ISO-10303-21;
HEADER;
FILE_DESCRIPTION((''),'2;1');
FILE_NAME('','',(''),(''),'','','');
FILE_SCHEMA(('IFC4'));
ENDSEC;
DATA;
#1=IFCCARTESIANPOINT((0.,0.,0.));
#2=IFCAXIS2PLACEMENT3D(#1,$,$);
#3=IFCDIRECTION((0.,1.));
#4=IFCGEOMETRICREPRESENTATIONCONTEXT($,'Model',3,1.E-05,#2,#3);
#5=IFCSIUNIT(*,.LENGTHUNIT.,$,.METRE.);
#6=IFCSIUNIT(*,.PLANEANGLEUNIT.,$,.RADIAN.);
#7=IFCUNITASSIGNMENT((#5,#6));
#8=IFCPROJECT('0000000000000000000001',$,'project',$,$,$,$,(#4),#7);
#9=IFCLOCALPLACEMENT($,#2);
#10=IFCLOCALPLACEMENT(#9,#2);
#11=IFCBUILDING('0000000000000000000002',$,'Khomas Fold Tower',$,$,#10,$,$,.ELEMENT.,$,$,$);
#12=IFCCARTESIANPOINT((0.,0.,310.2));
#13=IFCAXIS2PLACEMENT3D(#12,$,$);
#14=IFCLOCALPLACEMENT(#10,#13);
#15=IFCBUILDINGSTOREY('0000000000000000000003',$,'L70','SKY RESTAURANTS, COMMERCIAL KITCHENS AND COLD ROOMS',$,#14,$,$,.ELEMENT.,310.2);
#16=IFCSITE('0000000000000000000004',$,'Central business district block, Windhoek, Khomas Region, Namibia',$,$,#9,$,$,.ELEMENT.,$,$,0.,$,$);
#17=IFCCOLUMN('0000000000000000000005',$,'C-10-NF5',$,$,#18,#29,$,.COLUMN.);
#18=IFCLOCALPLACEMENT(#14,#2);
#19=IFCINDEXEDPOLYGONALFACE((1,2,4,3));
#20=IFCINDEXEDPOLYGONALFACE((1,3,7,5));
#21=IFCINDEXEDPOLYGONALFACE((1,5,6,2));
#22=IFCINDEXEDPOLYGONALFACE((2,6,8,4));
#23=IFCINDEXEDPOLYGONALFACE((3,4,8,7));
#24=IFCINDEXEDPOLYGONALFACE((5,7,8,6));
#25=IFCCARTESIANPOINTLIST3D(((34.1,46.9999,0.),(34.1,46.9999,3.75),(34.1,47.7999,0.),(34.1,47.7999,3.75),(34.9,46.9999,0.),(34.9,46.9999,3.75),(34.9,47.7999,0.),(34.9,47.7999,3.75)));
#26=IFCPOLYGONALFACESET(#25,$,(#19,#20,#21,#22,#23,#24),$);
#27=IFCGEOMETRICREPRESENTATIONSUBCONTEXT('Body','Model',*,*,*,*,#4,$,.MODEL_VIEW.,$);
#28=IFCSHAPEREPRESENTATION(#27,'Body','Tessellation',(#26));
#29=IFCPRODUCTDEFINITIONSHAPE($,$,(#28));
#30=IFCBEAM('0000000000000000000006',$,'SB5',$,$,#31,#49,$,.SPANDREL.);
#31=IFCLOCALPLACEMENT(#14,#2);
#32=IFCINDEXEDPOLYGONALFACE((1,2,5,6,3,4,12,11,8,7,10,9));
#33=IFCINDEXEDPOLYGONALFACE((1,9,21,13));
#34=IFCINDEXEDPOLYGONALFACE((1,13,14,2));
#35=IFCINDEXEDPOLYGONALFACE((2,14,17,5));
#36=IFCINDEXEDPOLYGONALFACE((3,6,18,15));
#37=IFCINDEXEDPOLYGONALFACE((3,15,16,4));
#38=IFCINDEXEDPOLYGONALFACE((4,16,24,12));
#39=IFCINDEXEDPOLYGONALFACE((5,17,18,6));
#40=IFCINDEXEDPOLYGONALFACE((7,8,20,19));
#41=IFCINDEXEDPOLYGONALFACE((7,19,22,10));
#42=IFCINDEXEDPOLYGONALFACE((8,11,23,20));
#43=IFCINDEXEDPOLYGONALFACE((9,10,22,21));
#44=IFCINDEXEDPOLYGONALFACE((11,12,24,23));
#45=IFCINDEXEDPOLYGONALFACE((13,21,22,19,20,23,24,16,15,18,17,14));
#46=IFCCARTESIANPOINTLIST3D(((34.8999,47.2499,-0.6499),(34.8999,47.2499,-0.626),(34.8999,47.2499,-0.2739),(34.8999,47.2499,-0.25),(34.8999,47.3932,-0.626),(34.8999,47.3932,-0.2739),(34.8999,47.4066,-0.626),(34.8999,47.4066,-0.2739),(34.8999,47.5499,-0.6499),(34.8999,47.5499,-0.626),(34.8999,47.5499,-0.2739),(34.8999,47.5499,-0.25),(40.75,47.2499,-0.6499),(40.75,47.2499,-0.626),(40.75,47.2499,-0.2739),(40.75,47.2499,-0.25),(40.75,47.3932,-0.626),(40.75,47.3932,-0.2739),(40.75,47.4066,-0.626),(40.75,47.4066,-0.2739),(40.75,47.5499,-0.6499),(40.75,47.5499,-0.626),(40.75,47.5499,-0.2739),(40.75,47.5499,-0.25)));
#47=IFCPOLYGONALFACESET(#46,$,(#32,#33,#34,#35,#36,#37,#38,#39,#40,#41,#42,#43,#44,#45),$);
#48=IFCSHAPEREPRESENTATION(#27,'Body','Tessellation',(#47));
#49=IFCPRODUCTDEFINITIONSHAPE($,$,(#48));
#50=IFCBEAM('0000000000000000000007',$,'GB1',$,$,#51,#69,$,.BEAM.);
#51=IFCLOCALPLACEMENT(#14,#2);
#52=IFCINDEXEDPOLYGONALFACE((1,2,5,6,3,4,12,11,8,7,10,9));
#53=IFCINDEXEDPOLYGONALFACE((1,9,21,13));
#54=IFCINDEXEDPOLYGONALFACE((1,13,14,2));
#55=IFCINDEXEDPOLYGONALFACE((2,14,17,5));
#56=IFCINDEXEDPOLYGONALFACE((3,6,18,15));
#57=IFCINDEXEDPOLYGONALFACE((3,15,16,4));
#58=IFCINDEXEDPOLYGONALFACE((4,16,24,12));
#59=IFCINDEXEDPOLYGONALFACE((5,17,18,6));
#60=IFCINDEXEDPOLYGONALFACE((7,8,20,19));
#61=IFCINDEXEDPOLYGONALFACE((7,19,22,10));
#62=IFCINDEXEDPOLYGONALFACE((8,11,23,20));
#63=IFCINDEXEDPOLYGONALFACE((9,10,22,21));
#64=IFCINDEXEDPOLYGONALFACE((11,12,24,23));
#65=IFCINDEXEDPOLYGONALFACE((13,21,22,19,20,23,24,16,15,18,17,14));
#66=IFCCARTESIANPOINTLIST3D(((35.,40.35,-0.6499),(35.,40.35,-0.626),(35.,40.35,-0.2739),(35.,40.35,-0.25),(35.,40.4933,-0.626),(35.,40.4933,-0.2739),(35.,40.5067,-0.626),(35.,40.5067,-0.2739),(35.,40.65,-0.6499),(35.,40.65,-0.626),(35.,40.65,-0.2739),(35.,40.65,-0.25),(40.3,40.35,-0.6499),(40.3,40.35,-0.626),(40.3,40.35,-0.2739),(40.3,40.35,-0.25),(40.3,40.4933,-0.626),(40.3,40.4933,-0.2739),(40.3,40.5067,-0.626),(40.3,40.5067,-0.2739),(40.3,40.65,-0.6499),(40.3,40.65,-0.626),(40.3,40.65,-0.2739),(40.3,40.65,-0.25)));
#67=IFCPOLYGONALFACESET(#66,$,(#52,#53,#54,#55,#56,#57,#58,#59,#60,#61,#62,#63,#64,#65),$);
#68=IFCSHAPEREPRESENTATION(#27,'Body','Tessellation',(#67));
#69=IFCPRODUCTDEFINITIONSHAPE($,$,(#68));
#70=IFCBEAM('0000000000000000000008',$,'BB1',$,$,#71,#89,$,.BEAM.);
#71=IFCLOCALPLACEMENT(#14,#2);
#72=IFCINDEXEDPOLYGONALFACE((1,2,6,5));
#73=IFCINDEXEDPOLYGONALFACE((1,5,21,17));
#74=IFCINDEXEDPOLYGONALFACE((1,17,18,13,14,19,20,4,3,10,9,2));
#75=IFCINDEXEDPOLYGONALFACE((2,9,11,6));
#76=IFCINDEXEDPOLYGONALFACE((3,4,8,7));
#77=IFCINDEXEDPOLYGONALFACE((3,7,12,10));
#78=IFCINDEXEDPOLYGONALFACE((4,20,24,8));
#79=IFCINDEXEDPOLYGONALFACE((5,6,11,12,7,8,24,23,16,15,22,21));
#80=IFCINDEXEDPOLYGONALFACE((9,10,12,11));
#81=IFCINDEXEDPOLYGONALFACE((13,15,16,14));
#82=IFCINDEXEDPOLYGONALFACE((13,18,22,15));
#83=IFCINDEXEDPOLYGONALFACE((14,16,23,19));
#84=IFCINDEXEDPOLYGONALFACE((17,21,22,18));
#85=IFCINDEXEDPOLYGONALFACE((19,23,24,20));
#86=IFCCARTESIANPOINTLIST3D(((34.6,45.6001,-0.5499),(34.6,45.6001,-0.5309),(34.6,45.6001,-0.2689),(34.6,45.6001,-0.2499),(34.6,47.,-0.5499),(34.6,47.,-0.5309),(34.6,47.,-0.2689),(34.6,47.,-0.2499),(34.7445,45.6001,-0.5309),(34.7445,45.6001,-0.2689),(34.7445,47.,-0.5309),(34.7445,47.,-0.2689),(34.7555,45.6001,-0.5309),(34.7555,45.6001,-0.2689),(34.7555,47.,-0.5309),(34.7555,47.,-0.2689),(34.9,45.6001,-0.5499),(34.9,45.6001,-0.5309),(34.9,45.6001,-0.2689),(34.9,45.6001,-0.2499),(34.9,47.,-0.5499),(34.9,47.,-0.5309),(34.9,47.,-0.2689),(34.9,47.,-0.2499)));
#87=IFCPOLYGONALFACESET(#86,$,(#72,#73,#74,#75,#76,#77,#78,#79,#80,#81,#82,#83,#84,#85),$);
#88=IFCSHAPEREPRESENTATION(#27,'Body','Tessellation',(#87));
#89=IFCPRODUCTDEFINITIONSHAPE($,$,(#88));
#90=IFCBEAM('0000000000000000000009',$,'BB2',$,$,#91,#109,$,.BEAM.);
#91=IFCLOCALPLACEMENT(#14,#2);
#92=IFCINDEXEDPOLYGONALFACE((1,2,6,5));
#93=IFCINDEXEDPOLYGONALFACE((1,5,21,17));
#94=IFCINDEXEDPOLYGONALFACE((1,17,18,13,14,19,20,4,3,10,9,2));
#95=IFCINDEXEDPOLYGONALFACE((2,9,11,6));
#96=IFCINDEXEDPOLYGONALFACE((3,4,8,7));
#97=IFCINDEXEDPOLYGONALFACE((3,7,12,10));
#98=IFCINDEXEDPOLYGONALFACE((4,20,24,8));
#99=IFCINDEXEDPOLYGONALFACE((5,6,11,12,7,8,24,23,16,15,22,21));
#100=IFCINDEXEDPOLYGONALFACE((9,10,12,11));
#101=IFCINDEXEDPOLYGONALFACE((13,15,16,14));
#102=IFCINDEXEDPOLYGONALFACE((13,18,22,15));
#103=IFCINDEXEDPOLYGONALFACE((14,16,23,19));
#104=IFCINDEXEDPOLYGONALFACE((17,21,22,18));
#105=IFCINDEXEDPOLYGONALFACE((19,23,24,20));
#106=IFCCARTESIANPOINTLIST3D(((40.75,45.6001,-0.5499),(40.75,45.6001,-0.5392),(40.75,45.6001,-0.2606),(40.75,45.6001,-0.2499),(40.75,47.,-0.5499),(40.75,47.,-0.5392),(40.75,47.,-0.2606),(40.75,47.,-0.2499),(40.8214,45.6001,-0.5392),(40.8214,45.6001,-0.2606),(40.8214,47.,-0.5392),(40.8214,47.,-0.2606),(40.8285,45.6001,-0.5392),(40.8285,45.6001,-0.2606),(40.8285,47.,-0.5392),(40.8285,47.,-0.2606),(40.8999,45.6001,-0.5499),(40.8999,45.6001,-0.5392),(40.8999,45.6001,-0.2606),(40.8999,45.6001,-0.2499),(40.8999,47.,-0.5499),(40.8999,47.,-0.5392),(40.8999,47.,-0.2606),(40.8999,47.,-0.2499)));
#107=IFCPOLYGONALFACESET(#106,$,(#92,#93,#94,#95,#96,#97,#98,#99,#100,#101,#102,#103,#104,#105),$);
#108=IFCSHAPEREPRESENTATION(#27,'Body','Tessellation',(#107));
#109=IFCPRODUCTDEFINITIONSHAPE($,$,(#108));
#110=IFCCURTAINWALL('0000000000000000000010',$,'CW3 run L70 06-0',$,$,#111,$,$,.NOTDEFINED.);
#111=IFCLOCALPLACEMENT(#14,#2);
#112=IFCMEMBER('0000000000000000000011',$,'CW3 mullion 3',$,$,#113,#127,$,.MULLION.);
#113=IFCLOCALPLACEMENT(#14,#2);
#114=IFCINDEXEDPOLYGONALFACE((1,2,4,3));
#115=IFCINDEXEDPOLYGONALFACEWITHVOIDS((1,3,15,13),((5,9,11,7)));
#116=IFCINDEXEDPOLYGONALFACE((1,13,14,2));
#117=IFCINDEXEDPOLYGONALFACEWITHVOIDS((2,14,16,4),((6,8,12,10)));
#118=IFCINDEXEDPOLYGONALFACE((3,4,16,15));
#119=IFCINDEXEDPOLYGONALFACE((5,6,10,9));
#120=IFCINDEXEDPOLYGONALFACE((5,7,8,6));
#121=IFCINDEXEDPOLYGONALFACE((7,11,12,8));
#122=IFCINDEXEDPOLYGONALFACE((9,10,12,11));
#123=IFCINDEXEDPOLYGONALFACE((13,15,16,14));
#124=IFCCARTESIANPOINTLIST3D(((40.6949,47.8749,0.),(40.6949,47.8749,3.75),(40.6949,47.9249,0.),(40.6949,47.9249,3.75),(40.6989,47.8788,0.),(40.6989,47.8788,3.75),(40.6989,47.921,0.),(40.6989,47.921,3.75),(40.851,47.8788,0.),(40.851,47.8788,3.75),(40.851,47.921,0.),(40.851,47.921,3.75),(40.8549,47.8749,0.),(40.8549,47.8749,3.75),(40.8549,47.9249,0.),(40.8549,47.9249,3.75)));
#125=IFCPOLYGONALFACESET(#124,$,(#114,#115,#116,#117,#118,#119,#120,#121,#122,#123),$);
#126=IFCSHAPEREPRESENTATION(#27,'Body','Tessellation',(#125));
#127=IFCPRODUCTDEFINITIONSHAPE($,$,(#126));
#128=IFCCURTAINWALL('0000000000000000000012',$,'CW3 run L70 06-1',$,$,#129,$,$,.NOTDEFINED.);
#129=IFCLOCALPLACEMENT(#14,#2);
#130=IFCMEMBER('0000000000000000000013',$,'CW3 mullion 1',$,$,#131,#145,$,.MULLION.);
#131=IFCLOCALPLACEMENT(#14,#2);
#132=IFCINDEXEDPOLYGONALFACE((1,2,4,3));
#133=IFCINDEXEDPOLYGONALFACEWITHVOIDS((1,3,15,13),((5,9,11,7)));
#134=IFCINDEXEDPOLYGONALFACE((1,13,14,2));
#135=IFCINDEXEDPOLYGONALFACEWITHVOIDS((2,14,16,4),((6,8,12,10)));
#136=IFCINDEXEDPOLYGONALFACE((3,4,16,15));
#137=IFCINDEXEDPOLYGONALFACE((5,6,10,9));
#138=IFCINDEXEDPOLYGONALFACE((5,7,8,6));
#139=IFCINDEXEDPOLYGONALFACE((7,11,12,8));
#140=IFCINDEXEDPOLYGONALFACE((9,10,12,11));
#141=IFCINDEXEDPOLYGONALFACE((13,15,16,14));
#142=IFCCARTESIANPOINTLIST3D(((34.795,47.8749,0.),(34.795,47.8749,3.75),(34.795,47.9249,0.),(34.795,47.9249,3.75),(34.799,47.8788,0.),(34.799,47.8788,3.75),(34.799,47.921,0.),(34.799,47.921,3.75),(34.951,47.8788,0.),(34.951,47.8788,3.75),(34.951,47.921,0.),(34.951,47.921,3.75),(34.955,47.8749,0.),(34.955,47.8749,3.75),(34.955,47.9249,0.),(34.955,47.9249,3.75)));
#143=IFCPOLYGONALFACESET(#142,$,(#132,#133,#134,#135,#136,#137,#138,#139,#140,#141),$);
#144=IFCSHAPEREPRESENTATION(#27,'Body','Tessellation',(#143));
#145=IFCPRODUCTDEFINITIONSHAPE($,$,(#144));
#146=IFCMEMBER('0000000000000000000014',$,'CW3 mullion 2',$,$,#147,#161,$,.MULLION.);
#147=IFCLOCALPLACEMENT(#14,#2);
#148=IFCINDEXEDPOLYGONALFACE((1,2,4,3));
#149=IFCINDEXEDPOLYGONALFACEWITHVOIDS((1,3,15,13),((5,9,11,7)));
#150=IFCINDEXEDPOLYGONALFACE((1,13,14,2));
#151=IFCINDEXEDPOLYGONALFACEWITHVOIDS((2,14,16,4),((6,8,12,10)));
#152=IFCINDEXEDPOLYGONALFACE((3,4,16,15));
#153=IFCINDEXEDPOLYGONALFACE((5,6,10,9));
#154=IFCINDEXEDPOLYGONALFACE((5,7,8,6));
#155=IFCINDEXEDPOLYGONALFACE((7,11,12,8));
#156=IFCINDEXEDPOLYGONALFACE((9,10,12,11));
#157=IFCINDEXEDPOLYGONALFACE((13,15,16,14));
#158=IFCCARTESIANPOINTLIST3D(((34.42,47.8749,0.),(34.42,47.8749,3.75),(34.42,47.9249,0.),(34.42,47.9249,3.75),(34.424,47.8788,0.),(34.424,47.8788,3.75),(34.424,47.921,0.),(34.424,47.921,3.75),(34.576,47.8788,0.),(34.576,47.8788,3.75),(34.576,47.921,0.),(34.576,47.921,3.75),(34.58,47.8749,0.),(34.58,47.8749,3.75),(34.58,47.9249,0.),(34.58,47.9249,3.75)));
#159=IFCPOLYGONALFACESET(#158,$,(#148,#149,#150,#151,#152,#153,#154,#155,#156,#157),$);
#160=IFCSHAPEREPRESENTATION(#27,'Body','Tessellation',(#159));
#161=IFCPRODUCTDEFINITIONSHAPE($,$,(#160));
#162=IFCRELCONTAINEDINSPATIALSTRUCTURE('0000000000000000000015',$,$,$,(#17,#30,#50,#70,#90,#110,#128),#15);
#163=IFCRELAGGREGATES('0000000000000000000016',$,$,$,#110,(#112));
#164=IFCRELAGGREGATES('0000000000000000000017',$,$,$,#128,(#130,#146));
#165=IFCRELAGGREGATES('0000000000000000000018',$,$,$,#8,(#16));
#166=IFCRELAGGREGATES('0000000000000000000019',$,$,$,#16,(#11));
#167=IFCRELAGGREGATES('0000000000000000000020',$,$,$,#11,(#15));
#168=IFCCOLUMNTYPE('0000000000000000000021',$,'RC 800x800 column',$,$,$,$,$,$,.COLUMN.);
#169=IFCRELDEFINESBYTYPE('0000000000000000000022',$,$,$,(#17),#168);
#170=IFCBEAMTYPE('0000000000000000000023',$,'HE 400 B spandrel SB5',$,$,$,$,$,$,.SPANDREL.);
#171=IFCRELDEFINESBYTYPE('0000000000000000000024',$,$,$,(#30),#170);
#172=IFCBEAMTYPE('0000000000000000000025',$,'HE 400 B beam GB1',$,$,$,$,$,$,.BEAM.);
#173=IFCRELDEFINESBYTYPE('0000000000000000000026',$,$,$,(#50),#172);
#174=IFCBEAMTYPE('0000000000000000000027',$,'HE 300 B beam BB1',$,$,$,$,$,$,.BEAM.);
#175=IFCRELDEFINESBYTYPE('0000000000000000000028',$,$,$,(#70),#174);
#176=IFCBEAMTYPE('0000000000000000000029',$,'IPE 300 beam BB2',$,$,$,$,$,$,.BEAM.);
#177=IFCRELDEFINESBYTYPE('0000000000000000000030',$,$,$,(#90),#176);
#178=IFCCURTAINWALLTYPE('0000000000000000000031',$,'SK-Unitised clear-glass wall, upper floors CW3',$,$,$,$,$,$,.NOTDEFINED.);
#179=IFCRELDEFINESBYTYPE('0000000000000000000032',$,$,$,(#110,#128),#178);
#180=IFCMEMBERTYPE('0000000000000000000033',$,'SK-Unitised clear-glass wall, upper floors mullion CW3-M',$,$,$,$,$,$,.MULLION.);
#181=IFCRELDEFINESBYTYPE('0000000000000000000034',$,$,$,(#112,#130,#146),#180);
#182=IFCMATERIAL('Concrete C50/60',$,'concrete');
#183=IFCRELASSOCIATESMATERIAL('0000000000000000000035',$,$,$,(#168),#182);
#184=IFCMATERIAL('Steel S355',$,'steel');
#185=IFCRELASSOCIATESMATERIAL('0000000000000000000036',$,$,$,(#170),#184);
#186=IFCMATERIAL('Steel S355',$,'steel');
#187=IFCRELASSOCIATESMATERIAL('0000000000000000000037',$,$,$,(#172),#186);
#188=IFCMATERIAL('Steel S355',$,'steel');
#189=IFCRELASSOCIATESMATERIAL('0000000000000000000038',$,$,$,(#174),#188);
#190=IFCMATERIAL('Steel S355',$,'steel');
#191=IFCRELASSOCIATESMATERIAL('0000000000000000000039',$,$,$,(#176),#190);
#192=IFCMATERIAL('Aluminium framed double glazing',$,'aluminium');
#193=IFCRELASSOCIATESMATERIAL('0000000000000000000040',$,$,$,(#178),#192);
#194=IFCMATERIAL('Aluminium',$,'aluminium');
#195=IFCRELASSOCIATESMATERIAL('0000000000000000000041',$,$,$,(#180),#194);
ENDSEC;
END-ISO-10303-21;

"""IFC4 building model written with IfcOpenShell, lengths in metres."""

from ifc_helpers import new_model, si_unit, direction, frame, origin, origin_2d, place, context, subcontext, project, spatial, rectangle, hollow_rectangle, i_section, extrude, source, transform, mapped, material, material_profile, profile_set, type_object, element, aggregate, save


model = new_model("IFC4")

# Units and contexts
model_context = context("Model", 3, precision=1e-05, world=origin(), true_north=direction((0.0, 1.0)))
body_context = subcontext(model_context, "Body", "Model", "MODEL_VIEW")
ifc_project = project(units=[si_unit("LENGTHUNIT", "METRE"), si_unit("PLANEANGLEUNIT", "RADIAN")], contexts=[model_context])

# Site, building, storey
site_placement = place(None, origin())
site = spatial("IfcSite", under=ifc_project, at=site_placement, Name="Central business district block, Windhoek, Khomas Region, Namibia", CompositionType="ELEMENT", RefElevation=0.0)
building_placement = place(site_placement, origin())
building = spatial("IfcBuilding", under=site, at=building_placement, Name="Khomas Fold Tower", CompositionType="ELEMENT")
storey_placement = place(building_placement, frame((0.0, 0.0, 310.2)))
storey = spatial("IfcBuildingStorey", under=building, at=storey_placement, Name="L70", Description="SKY RESTAURANTS, COMMERCIAL KITCHENS AND COLD ROOMS", CompositionType="ELEMENT", Elevation=310.2)

# Column
ifc_material_1 = material(Name="Concrete C50/60", Category="concrete")
ifc_material_profile_1 = material_profile(ifc_material_1, rectangle(XDim=0.8, YDim=0.8, at=origin_2d()), Name="RC 800x800")
ifc_profile_set_1 = profile_set([ifc_material_profile_1], Name="Concrete C50/60")
column_type = type_object("IfcColumnType", Name="RC 800x800 column", PredefinedType="COLUMN", material=ifc_profile_set_1)
shared_shape_1 = source(origin(), body_context, "Body", "SweptSolid", [
    extrude(rectangle(XDim=0.8, YDim=0.8, at=origin_2d()), origin(), (0.0, 0.0, 1.0), 3.75),
])
column_placement = place(storey_placement, frame((34.5, 47.3999, 0.0), z_axis=(0.0, 0.0, 1.0), x_axis=(1.0, 0.0, 0.0)))
element("IfcColumn", 1, at=column_placement, inside=storey, type_object=column_type, Name="C-10-NF5", PredefinedType="COLUMN", context=body_context, shape_type="MappedRepresentation", body=[
    mapped(shared_shape_1, transform((0.0, 0.0, 0.0))),
])

# Beams
ifc_material_2 = material(Name="Steel S355", Category="steel")
ifc_material_profile_2 = material_profile(ifc_material_2, i_section(OverallWidth=0.3, OverallDepth=0.3999, WebThickness=0.0134, FlangeThickness=0.0239, at=origin_2d()), Name="HE 400 B")
ifc_profile_set_2 = profile_set([ifc_material_profile_2], Name="Steel S355")
beam_type_1 = type_object("IfcBeamType", Name="HE 400 B spandrel SB5", PredefinedType="SPANDREL", material=ifc_profile_set_2)
shared_shape_2 = source(origin(), body_context, "Body", "SweptSolid", [
    extrude(i_section(OverallWidth=0.3, OverallDepth=0.3999, WebThickness=0.0134, FlangeThickness=0.0239, at=origin_2d()), origin(), (0.0, 0.0, 1.0), 5.8501),
])
beam_1_placement = place(storey_placement, frame((34.8999, 47.3999, -0.45), z_axis=(1.0, 0.0, 0.0), x_axis=(0.0, 1.0, 0.0)))
element("IfcBeam", 2, at=beam_1_placement, inside=storey, type_object=beam_type_1, Name="SB5", PredefinedType="SPANDREL", context=body_context, shape_type="MappedRepresentation", body=[
    mapped(shared_shape_2, transform((0.0, 0.0, 0.0))),
])
ifc_material_3 = material(Name="Steel S355", Category="steel")
ifc_material_profile_3 = material_profile(ifc_material_3, i_section(OverallWidth=0.3, OverallDepth=0.3999, WebThickness=0.0134, FlangeThickness=0.0239, at=origin_2d()), Name="HE 400 B")
ifc_profile_set_3 = profile_set([ifc_material_profile_3], Name="Steel S355")
beam_type_2 = type_object("IfcBeamType", Name="HE 400 B beam GB1", PredefinedType="BEAM", material=ifc_profile_set_3)
shared_shape_3 = source(origin(), body_context, "Body", "SweptSolid", [
    extrude(i_section(OverallWidth=0.3, OverallDepth=0.3999, WebThickness=0.0134, FlangeThickness=0.0239, at=origin_2d()), origin(), (0.0, 0.0, 1.0), 5.3),
])
beam_2_placement = place(storey_placement, frame((35.0, 40.5, -0.45), z_axis=(1.0, 0.0, 0.0), x_axis=(0.0, 1.0, 0.0)))
element("IfcBeam", 3, at=beam_2_placement, inside=storey, type_object=beam_type_2, Name="GB1", PredefinedType="BEAM", context=body_context, shape_type="MappedRepresentation", body=[
    mapped(shared_shape_3, transform((0.0, 0.0, 0.0))),
])
ifc_material_4 = material(Name="Steel S355", Category="steel")
ifc_material_profile_4 = material_profile(ifc_material_4, i_section(OverallWidth=0.3, OverallDepth=0.3, WebThickness=0.011, FlangeThickness=0.019, at=origin_2d()), Name="HE 300 B")
ifc_profile_set_4 = profile_set([ifc_material_profile_4], Name="Steel S355")
beam_type_3 = type_object("IfcBeamType", Name="HE 300 B beam BB1", PredefinedType="BEAM", material=ifc_profile_set_4)
shared_shape_4 = source(origin(), body_context, "Body", "SweptSolid", [
    extrude(i_section(OverallWidth=0.3, OverallDepth=0.3, WebThickness=0.011, FlangeThickness=0.019, at=origin_2d()), origin(), (0.0, 0.0, 1.0), 1.3999),
])
beam_3_placement = place(storey_placement, frame((34.75, 45.6001, -0.3999), z_axis=(0.0, 1.0, 0.0), x_axis=(-1.0, 0.0, 0.0)))
element("IfcBeam", 4, at=beam_3_placement, inside=storey, type_object=beam_type_3, Name="BB1", PredefinedType="BEAM", context=body_context, shape_type="MappedRepresentation", body=[
    mapped(shared_shape_4, transform((0.0, 0.0, 0.0))),
])
ifc_material_5 = material(Name="Steel S355", Category="steel")
ifc_material_profile_5 = material_profile(ifc_material_5, i_section(OverallWidth=0.1499, OverallDepth=0.3, WebThickness=0.0071, FlangeThickness=0.0107, at=origin_2d()), Name="IPE 300")
ifc_profile_set_5 = profile_set([ifc_material_profile_5], Name="Steel S355")
beam_type_4 = type_object("IfcBeamType", Name="IPE 300 beam BB2", PredefinedType="BEAM", material=ifc_profile_set_5)
shared_shape_5 = source(origin(), body_context, "Body", "SweptSolid", [
    extrude(i_section(OverallWidth=0.1499, OverallDepth=0.3, WebThickness=0.0071, FlangeThickness=0.0107, at=origin_2d()), origin(), (0.0, 0.0, 1.0), 1.3999),
])
beam_4_placement = place(storey_placement, frame((40.825, 45.6001, -0.3999), z_axis=(0.0, 1.0, 0.0), x_axis=(-1.0, 0.0, 0.0)))
element("IfcBeam", 5, at=beam_4_placement, inside=storey, type_object=beam_type_4, Name="BB2", PredefinedType="BEAM", context=body_context, shape_type="MappedRepresentation", body=[
    mapped(shared_shape_5, transform((0.0, 0.0, 0.0))),
])

# Curtain wall, member
ifc_material_6 = material(Name="Aluminium framed double glazing", Category="aluminium")
curtain_wall_type = type_object("IfcCurtainWallType", Name="SK-Unitised clear-glass wall, upper floors CW3", PredefinedType="NOTDEFINED", material=ifc_material_6)
curtain_wall_1_placement = place(storey_placement, origin())
curtain_wall_1 = element("IfcCurtainWall", 6, at=curtain_wall_1_placement, inside=storey, type_object=curtain_wall_type, Name="CW3 run L70 06-0", PredefinedType="NOTDEFINED")
ifc_material_7 = material(Name="Aluminium", Category="aluminium")
ifc_material_profile_6 = material_profile(ifc_material_7, hollow_rectangle(XDim=0.05, YDim=0.1599, WallThickness=0.0039, at=origin_2d()), Name="SK-Unitised clear-glass wall, upper floors mullion CW3-M")
ifc_profile_set_6 = profile_set([ifc_material_profile_6], Name="Aluminium")
member_type_1 = type_object("IfcMemberType", Name="SK-Unitised clear-glass wall, upper floors mullion CW3-M", PredefinedType="MULLION", material=ifc_profile_set_6)
shared_shape_6 = source(origin(), body_context, "Body", "SweptSolid", [
    extrude(hollow_rectangle(XDim=0.05, YDim=0.1599, WallThickness=0.0039, at=origin_2d()), origin(), (0.0, 0.0, 1.0), 3.75),
])
member_1_placement = place(storey_placement, frame((40.7749, 47.8999, 0.0), z_axis=(0.0, 0.0, 1.0), x_axis=(0.0, -1.0, 0.0)))
member_1 = element("IfcMember", 7, at=member_1_placement, type_object=member_type_1, Name="CW3 mullion 3", PredefinedType="MULLION", context=body_context, shape_type="MappedRepresentation", body=[
    mapped(shared_shape_6, transform((0.0, 0.0, 0.0))),
])

# Curtain wall, members
curtain_wall_2_placement = place(storey_placement, origin())
curtain_wall_2 = element("IfcCurtainWall", 8, at=curtain_wall_2_placement, inside=storey, type_object=curtain_wall_type, Name="CW3 run L70 06-1", PredefinedType="NOTDEFINED")
member_2_placement = place(storey_placement, frame((34.875, 47.8999, 0.0), z_axis=(0.0, 0.0, 1.0), x_axis=(0.0, -1.0, 0.0)))
member_2 = element("IfcMember", 9, at=member_2_placement, type_object=member_type_1, Name="CW3 mullion 1", PredefinedType="MULLION", context=body_context, shape_type="MappedRepresentation", body=[
    mapped(shared_shape_6, transform((0.0, 0.0, 0.0))),
])
member_3_placement = place(storey_placement, frame((34.5, 47.8999, 0.0), z_axis=(0.0, 0.0, 1.0), x_axis=(0.0, -1.0, 0.0)))
member_3 = element("IfcMember", 10, at=member_3_placement, type_object=member_type_1, Name="CW3 mullion 2", PredefinedType="MULLION", context=body_context, shape_type="MappedRepresentation", body=[
    mapped(shared_shape_6, transform((0.0, 0.0, 0.0))),
])

aggregate(curtain_wall_1, [member_1])
aggregate(curtain_wall_2, [member_2, member_3])

save(model, "model.ifc")
